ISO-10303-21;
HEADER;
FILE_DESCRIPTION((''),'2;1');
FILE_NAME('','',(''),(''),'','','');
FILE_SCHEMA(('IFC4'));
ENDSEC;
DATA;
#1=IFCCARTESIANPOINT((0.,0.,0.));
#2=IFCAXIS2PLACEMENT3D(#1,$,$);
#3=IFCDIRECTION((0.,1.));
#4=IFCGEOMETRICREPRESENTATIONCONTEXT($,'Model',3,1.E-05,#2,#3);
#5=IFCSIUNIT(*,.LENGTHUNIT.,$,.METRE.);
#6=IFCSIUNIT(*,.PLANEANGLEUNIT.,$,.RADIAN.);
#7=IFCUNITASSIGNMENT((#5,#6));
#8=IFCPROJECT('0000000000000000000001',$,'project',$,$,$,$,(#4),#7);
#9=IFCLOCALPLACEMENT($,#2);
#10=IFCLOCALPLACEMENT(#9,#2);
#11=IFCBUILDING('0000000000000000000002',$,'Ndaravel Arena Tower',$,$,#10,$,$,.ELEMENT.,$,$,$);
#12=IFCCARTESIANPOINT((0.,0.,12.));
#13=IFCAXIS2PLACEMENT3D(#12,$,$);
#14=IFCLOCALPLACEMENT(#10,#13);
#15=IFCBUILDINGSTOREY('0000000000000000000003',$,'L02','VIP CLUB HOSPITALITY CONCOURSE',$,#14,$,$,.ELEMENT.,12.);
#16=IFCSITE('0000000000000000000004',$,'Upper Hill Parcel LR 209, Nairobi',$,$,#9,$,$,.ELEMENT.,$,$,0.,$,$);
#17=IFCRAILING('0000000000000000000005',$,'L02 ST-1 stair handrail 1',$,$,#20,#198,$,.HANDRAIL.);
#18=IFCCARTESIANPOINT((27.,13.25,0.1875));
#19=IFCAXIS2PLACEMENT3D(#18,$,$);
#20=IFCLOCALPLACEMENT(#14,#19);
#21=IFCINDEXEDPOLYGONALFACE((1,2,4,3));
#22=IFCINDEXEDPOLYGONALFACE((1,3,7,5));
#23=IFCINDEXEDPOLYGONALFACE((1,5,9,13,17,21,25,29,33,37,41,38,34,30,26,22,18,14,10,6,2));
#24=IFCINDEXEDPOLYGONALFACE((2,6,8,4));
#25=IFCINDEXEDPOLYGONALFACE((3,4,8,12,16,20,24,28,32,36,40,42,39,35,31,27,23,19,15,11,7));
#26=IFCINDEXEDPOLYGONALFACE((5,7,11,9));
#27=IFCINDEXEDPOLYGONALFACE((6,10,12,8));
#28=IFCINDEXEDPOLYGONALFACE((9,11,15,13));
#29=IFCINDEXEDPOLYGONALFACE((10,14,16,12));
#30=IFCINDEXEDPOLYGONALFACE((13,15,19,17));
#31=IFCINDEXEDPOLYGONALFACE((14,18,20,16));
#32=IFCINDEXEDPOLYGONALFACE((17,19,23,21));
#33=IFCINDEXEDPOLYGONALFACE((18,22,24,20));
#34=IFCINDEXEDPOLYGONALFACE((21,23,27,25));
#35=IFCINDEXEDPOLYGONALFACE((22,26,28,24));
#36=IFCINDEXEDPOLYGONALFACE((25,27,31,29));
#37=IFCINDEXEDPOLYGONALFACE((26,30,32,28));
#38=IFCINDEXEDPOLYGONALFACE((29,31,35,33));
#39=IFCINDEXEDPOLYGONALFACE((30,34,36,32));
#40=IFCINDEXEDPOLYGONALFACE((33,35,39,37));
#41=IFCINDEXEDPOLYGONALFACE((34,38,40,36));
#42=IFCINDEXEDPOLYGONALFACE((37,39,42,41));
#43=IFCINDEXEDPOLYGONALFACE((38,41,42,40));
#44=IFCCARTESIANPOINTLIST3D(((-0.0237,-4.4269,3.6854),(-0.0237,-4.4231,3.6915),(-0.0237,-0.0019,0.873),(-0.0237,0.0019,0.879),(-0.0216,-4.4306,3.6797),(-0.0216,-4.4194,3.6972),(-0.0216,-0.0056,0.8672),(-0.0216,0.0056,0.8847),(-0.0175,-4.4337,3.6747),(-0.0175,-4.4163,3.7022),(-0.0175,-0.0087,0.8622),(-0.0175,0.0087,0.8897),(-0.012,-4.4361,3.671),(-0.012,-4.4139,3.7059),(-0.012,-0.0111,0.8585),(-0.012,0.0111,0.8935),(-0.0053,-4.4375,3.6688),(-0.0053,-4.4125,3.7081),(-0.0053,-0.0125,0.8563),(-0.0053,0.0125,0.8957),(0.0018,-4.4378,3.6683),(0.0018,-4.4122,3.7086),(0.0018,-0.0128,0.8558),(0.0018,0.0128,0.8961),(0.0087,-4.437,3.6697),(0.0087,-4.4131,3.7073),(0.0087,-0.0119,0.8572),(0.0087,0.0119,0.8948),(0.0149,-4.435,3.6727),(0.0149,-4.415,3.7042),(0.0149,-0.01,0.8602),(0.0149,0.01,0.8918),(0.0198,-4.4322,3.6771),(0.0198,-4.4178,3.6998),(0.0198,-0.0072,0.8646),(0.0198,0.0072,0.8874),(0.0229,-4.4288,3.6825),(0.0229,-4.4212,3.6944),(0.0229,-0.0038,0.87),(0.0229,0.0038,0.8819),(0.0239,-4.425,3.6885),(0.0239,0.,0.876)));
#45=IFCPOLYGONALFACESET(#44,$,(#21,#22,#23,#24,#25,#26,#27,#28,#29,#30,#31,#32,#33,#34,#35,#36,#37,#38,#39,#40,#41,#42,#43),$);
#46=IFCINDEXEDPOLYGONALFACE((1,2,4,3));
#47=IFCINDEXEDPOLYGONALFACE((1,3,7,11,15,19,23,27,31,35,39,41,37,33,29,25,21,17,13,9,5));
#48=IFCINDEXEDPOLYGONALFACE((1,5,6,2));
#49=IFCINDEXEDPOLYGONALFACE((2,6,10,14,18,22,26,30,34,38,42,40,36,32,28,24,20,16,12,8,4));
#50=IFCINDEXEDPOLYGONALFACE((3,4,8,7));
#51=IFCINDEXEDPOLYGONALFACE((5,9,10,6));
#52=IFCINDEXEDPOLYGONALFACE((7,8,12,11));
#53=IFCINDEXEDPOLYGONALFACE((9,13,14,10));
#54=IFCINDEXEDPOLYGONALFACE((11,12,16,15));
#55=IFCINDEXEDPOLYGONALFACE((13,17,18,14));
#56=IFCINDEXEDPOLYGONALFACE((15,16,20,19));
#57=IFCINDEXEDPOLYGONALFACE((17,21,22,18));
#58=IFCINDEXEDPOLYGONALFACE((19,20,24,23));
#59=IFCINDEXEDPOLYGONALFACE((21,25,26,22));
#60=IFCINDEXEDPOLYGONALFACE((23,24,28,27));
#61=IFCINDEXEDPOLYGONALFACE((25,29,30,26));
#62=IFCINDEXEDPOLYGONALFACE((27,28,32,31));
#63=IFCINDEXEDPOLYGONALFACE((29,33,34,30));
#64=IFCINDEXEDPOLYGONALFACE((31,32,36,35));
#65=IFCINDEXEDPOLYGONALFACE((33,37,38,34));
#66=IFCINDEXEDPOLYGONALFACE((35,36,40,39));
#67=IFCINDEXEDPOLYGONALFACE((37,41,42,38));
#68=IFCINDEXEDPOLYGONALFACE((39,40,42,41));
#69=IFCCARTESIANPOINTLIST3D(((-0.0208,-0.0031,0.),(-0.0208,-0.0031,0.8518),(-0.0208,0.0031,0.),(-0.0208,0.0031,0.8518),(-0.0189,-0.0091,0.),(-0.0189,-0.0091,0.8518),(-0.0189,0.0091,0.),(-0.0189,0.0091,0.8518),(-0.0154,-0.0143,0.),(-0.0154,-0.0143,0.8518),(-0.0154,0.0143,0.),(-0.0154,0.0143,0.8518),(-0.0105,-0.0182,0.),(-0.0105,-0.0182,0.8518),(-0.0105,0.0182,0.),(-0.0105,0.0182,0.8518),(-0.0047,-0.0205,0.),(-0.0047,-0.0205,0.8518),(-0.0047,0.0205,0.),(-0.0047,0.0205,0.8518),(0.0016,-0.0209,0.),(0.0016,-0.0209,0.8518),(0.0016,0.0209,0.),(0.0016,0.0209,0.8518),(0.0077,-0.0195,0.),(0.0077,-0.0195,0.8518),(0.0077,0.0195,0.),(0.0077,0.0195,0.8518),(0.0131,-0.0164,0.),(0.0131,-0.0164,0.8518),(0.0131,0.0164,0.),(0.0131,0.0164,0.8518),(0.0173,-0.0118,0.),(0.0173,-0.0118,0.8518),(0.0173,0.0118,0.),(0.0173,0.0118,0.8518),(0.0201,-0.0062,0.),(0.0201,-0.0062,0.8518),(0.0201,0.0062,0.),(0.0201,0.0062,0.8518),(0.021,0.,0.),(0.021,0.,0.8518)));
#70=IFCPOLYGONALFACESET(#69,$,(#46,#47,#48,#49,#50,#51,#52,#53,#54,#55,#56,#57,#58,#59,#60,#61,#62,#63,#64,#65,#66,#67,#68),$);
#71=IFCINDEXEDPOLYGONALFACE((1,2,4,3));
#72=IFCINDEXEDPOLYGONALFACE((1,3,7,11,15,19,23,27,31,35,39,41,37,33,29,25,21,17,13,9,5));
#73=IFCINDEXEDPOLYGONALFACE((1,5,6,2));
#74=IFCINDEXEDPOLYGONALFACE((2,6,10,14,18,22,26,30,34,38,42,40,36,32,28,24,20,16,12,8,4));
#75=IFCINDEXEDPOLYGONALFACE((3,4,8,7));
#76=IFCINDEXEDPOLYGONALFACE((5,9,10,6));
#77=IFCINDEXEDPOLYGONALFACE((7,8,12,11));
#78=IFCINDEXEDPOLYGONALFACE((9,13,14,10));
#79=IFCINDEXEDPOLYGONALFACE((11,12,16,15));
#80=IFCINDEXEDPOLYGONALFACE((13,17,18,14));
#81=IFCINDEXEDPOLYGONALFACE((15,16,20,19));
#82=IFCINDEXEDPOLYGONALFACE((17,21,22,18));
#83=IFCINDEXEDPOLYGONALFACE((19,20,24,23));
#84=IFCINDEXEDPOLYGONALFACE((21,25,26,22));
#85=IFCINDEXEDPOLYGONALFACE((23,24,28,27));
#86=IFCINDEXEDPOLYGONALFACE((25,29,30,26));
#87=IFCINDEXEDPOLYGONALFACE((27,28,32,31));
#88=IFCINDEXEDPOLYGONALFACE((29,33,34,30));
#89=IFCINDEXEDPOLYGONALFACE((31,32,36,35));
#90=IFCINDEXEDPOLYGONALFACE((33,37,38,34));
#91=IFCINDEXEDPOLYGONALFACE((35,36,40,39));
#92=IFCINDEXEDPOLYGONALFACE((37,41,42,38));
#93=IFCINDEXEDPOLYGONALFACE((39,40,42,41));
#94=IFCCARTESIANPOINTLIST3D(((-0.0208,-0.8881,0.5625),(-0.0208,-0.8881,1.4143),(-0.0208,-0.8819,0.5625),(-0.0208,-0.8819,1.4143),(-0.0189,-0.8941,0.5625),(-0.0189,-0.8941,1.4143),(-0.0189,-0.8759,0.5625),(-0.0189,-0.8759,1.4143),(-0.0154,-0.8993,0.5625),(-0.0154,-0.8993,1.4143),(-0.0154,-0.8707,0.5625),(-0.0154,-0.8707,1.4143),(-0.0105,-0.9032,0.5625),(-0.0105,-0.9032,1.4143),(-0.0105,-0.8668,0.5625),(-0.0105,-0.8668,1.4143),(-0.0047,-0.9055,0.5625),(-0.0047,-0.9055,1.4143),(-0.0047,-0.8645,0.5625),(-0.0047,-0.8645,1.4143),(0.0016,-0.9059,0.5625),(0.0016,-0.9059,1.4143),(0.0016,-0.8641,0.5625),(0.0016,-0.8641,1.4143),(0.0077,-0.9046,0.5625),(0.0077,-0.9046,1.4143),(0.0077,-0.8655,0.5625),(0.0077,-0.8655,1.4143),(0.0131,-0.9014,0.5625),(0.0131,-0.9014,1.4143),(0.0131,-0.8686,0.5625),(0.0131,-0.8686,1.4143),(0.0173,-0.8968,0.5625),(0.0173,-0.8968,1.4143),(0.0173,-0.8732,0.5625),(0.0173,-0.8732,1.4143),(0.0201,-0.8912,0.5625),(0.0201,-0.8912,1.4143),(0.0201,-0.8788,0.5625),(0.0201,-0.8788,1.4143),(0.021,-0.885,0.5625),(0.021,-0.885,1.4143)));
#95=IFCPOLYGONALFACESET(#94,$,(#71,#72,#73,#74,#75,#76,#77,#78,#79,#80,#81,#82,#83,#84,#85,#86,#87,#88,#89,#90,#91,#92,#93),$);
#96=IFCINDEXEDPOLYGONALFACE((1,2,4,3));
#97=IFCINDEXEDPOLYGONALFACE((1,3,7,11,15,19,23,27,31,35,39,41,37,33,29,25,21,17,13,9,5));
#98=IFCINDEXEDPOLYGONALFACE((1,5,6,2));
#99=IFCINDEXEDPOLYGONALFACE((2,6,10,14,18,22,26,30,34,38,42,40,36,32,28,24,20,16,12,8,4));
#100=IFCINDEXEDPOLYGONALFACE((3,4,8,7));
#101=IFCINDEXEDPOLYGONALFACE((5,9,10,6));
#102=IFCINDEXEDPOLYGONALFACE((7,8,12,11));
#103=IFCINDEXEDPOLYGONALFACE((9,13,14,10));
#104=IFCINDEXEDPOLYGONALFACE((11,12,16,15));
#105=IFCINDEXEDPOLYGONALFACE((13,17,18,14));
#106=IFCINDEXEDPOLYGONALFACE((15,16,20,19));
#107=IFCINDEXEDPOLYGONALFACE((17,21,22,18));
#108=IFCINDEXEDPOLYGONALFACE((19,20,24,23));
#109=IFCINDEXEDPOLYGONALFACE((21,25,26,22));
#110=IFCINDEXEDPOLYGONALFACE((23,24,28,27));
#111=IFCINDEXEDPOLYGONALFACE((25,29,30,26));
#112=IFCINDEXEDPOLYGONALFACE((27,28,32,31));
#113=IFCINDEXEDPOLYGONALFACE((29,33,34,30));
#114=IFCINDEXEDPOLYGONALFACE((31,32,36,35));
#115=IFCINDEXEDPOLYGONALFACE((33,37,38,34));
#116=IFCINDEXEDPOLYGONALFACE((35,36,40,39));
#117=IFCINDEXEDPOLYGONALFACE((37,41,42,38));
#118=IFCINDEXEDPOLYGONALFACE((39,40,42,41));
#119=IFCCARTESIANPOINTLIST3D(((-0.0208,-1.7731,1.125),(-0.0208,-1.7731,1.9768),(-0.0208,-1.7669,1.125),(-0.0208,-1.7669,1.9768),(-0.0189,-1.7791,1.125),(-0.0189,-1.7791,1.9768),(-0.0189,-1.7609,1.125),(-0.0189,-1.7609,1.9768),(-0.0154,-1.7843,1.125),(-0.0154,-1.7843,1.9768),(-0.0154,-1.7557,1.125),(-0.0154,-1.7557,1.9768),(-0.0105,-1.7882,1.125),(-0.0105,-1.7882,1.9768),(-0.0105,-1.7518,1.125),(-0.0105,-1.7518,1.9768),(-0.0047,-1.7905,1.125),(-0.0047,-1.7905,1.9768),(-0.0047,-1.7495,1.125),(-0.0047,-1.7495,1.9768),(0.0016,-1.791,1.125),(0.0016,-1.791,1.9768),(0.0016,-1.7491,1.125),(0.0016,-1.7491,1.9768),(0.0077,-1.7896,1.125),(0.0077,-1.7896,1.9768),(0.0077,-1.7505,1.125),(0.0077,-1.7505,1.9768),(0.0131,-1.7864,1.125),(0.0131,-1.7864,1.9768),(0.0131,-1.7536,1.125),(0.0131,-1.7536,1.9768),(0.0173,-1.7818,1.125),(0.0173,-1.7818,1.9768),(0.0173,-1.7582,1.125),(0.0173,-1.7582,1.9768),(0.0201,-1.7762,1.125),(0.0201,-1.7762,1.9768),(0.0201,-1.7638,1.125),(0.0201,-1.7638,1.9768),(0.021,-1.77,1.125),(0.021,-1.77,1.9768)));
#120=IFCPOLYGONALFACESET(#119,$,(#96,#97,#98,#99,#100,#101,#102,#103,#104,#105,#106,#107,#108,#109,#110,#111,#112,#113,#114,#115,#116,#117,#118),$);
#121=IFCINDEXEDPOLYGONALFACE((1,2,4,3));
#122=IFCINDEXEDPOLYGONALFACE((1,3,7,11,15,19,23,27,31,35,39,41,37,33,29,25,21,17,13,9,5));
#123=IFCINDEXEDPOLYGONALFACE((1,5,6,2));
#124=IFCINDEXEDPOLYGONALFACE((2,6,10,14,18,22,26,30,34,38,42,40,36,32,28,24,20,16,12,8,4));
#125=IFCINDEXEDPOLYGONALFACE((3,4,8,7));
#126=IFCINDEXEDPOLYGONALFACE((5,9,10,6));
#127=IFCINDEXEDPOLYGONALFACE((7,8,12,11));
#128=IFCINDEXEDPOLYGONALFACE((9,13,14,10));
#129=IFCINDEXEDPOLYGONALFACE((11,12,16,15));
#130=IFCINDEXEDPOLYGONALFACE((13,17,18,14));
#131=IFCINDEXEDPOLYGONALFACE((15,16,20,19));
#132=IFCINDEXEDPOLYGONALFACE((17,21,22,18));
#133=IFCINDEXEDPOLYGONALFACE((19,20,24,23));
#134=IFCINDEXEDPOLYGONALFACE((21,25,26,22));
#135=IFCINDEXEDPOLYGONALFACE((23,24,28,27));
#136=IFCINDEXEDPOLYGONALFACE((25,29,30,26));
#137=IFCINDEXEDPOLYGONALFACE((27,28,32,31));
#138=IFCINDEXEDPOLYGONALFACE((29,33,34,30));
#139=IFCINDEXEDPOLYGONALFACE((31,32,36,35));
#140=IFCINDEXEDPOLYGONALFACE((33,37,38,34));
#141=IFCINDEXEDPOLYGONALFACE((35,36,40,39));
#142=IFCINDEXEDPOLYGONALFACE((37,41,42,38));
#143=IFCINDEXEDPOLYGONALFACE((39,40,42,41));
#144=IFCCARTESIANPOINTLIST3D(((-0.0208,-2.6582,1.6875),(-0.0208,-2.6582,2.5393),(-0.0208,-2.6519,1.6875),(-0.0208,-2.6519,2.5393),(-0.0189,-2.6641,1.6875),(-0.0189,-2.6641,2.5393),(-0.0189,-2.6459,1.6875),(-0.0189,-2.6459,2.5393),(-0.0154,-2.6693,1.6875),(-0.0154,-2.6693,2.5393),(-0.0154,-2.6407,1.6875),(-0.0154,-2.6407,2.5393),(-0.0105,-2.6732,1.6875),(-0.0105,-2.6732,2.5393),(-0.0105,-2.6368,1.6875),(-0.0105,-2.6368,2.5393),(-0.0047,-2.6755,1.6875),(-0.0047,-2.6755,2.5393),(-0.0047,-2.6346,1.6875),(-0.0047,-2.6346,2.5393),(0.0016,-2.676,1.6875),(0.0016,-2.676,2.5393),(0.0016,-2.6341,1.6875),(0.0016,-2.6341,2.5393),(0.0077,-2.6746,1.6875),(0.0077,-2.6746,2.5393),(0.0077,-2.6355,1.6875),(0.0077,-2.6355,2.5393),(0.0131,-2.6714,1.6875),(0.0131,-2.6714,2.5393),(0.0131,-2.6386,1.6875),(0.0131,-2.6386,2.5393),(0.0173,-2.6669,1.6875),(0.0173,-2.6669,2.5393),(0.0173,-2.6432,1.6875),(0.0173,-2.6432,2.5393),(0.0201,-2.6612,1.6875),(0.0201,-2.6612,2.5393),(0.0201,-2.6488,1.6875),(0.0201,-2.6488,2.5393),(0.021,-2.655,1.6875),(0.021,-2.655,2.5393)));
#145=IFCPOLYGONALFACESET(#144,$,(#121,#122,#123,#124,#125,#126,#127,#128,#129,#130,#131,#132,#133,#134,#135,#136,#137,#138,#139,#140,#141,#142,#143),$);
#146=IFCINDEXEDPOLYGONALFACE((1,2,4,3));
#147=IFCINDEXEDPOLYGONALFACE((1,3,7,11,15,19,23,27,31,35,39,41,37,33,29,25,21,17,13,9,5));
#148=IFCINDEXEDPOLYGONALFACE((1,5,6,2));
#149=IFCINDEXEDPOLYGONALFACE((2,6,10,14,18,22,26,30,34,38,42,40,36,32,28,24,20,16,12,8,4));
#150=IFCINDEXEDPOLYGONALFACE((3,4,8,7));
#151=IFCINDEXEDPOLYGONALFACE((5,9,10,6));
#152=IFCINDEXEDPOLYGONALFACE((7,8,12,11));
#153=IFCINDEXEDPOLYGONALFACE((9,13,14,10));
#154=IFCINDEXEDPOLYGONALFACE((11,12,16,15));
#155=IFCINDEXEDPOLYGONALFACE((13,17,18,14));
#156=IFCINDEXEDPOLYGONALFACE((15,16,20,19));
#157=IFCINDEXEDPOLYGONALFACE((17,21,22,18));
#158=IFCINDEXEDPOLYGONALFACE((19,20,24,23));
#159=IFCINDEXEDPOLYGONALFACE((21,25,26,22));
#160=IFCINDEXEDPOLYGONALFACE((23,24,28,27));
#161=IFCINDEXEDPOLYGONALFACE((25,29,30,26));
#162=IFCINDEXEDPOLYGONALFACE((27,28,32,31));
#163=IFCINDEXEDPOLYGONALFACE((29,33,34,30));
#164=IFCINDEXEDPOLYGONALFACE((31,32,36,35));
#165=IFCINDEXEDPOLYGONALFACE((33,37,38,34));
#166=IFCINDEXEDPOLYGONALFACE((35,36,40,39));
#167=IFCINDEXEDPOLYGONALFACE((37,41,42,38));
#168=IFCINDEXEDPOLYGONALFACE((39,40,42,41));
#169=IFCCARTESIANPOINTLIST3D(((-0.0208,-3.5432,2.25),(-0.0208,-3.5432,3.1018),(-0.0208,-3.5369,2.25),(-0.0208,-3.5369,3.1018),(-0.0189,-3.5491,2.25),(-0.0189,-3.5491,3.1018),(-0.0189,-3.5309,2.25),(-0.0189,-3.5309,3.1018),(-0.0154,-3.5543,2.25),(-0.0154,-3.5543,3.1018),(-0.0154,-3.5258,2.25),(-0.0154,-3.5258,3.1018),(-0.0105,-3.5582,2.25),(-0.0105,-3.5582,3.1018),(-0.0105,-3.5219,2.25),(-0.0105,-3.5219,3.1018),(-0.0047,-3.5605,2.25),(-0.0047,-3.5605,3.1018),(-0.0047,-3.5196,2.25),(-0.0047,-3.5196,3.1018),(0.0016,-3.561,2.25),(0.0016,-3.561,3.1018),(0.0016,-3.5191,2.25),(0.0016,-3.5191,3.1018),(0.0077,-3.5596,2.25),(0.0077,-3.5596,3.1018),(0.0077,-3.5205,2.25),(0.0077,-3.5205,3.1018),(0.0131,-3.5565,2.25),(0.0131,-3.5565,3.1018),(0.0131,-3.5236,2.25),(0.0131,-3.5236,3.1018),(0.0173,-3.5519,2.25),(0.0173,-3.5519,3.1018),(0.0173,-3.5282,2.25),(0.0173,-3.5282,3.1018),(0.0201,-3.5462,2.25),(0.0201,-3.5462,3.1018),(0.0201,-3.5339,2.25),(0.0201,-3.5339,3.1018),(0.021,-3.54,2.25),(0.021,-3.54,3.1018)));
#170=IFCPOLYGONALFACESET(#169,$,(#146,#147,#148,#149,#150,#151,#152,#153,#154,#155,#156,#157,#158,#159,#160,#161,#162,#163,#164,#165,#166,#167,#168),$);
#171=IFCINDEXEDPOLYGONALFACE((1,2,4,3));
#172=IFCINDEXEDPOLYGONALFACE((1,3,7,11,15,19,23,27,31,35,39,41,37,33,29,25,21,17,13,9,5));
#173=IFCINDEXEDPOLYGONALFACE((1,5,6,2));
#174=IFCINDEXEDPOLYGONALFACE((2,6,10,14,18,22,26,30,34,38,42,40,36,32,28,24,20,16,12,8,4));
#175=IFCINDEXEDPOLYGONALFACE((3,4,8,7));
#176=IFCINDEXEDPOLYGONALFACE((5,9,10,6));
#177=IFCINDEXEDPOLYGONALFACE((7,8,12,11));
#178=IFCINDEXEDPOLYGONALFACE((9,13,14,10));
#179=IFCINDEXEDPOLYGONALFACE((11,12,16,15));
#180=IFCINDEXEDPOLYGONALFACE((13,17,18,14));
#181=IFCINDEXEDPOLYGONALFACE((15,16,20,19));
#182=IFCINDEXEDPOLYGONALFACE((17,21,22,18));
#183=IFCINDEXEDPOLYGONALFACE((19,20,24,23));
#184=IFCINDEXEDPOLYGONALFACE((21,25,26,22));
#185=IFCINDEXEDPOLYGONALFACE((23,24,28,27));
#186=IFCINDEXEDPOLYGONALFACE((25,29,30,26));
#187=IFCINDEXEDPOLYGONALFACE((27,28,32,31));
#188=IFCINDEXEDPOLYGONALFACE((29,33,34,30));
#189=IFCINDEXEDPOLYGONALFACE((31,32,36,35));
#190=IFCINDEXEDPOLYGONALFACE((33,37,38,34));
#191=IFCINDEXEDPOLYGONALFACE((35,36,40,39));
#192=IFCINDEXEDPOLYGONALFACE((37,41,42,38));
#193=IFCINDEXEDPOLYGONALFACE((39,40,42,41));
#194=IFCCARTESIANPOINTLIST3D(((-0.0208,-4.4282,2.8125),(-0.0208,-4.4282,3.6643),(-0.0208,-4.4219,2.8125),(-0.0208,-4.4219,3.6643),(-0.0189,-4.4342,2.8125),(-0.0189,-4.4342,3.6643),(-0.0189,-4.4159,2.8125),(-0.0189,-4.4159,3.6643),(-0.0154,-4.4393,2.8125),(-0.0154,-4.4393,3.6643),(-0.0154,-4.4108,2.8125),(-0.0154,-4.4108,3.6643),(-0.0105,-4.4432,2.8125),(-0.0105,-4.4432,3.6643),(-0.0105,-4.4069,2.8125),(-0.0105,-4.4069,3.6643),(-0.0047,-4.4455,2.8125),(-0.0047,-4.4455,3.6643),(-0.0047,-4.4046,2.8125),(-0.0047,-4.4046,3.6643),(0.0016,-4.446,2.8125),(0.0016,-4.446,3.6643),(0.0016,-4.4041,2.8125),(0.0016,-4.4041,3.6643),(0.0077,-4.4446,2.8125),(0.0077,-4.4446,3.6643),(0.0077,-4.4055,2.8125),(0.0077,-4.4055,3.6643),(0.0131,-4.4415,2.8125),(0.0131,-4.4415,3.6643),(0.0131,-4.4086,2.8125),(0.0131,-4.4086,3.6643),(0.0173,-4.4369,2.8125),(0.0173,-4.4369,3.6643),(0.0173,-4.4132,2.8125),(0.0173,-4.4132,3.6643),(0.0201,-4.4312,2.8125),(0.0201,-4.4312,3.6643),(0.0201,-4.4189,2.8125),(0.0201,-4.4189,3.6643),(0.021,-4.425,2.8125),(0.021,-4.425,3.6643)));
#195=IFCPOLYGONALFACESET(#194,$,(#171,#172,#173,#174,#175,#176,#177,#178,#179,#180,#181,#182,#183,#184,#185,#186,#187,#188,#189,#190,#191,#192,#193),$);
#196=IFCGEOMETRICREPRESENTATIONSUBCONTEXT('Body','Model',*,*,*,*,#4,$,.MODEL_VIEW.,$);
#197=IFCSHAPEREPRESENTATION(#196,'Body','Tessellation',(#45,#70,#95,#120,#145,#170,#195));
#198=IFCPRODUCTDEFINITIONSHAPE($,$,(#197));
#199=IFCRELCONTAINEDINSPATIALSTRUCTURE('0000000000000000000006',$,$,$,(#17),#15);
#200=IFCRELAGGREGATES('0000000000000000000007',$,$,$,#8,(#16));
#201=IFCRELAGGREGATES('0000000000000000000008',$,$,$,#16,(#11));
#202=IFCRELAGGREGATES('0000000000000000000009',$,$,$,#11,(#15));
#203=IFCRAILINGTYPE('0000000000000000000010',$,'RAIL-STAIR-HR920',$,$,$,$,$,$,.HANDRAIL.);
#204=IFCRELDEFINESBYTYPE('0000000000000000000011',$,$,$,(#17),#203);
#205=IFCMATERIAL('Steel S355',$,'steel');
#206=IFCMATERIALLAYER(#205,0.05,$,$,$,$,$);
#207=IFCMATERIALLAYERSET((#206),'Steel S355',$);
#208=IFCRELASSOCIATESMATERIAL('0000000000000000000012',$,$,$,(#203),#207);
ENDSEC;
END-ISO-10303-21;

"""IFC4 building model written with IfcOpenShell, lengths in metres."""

from ifc_helpers import new_model, si_unit, direction, frame, origin, origin_2d, place, context, subcontext, project, spatial, circle, extrude, material, layer, layer_set, type_object, element, save


model = new_model("IFC4")

# Units and contexts
model_context = context("Model", 3, precision=1e-05, world=origin(), true_north=direction((0.0, 1.0)))
body_context = subcontext(model_context, "Body", "Model", "MODEL_VIEW")
ifc_project = project(units=[si_unit("LENGTHUNIT", "METRE"), si_unit("PLANEANGLEUNIT", "RADIAN")], contexts=[model_context])

# Site, building, storey
site_placement = place(None, origin())
site = spatial("IfcSite", under=ifc_project, at=site_placement, Name="Upper Hill Parcel LR 209, Nairobi", CompositionType="ELEMENT", RefElevation=0.0)
building_placement = place(site_placement, origin())
building = spatial("IfcBuilding", under=site, at=building_placement, Name="Ndaravel Arena Tower", CompositionType="ELEMENT")
storey_placement = place(building_placement, frame((0.0, 0.0, 12.0)))
storey = spatial("IfcBuildingStorey", under=building, at=storey_placement, Name="L02", Description="VIP CLUB HOSPITALITY CONCOURSE", CompositionType="ELEMENT", Elevation=12.0)

# Railing
ifc_material_1 = material(Name="Steel S355", Category="steel")
ifc_layer_1 = layer(ifc_material_1, 0.05)
ifc_layer_set_1 = layer_set([ifc_layer_1], Name="Steel S355")
railing_type_1 = type_object("IfcRailingType", Name="RAIL-STAIR-HR920", PredefinedType="HANDRAIL", material=ifc_layer_set_1)
railing_1_placement = place(storey_placement, frame((27.0, 13.25, 0.1875)))
element("IfcRailing", 1, at=railing_1_placement, inside=storey, type_object=railing_type_1, Name="L02 ST-1 stair handrail 1", PredefinedType="HANDRAIL", context=body_context, shape_type="SweptSolid", body=[
    extrude(circle(Radius=0.0239, at=origin_2d()), frame((0.0, 0.0, 0.876), z_axis=(0.0, -0.843959, 0.536408), x_axis=(1.0, 0.0, 0.0)), (0.0, 0.0, 1.0), 5.2432),
    extrude(circle(Radius=0.021, at=origin_2d()), origin(), (0.0, 0.0, 1.0), 0.8518),
    extrude(circle(Radius=0.021, at=origin_2d()), frame((0.0, -0.885, 0.5625)), (0.0, 0.0, 1.0), 0.8518),
    extrude(circle(Radius=0.021, at=origin_2d()), frame((0.0, -1.77, 1.125)), (0.0, 0.0, 1.0), 0.8518),
    extrude(circle(Radius=0.021, at=origin_2d()), frame((0.0, -2.655, 1.6875)), (0.0, 0.0, 1.0), 0.8518),
    extrude(circle(Radius=0.021, at=origin_2d()), frame((0.0, -3.54, 2.25)), (0.0, 0.0, 1.0), 0.8518),
    extrude(circle(Radius=0.021, at=origin_2d()), frame((0.0, -4.425, 2.8125)), (0.0, 0.0, 1.0), 0.8518),
])

save(model, "model.ifc")
